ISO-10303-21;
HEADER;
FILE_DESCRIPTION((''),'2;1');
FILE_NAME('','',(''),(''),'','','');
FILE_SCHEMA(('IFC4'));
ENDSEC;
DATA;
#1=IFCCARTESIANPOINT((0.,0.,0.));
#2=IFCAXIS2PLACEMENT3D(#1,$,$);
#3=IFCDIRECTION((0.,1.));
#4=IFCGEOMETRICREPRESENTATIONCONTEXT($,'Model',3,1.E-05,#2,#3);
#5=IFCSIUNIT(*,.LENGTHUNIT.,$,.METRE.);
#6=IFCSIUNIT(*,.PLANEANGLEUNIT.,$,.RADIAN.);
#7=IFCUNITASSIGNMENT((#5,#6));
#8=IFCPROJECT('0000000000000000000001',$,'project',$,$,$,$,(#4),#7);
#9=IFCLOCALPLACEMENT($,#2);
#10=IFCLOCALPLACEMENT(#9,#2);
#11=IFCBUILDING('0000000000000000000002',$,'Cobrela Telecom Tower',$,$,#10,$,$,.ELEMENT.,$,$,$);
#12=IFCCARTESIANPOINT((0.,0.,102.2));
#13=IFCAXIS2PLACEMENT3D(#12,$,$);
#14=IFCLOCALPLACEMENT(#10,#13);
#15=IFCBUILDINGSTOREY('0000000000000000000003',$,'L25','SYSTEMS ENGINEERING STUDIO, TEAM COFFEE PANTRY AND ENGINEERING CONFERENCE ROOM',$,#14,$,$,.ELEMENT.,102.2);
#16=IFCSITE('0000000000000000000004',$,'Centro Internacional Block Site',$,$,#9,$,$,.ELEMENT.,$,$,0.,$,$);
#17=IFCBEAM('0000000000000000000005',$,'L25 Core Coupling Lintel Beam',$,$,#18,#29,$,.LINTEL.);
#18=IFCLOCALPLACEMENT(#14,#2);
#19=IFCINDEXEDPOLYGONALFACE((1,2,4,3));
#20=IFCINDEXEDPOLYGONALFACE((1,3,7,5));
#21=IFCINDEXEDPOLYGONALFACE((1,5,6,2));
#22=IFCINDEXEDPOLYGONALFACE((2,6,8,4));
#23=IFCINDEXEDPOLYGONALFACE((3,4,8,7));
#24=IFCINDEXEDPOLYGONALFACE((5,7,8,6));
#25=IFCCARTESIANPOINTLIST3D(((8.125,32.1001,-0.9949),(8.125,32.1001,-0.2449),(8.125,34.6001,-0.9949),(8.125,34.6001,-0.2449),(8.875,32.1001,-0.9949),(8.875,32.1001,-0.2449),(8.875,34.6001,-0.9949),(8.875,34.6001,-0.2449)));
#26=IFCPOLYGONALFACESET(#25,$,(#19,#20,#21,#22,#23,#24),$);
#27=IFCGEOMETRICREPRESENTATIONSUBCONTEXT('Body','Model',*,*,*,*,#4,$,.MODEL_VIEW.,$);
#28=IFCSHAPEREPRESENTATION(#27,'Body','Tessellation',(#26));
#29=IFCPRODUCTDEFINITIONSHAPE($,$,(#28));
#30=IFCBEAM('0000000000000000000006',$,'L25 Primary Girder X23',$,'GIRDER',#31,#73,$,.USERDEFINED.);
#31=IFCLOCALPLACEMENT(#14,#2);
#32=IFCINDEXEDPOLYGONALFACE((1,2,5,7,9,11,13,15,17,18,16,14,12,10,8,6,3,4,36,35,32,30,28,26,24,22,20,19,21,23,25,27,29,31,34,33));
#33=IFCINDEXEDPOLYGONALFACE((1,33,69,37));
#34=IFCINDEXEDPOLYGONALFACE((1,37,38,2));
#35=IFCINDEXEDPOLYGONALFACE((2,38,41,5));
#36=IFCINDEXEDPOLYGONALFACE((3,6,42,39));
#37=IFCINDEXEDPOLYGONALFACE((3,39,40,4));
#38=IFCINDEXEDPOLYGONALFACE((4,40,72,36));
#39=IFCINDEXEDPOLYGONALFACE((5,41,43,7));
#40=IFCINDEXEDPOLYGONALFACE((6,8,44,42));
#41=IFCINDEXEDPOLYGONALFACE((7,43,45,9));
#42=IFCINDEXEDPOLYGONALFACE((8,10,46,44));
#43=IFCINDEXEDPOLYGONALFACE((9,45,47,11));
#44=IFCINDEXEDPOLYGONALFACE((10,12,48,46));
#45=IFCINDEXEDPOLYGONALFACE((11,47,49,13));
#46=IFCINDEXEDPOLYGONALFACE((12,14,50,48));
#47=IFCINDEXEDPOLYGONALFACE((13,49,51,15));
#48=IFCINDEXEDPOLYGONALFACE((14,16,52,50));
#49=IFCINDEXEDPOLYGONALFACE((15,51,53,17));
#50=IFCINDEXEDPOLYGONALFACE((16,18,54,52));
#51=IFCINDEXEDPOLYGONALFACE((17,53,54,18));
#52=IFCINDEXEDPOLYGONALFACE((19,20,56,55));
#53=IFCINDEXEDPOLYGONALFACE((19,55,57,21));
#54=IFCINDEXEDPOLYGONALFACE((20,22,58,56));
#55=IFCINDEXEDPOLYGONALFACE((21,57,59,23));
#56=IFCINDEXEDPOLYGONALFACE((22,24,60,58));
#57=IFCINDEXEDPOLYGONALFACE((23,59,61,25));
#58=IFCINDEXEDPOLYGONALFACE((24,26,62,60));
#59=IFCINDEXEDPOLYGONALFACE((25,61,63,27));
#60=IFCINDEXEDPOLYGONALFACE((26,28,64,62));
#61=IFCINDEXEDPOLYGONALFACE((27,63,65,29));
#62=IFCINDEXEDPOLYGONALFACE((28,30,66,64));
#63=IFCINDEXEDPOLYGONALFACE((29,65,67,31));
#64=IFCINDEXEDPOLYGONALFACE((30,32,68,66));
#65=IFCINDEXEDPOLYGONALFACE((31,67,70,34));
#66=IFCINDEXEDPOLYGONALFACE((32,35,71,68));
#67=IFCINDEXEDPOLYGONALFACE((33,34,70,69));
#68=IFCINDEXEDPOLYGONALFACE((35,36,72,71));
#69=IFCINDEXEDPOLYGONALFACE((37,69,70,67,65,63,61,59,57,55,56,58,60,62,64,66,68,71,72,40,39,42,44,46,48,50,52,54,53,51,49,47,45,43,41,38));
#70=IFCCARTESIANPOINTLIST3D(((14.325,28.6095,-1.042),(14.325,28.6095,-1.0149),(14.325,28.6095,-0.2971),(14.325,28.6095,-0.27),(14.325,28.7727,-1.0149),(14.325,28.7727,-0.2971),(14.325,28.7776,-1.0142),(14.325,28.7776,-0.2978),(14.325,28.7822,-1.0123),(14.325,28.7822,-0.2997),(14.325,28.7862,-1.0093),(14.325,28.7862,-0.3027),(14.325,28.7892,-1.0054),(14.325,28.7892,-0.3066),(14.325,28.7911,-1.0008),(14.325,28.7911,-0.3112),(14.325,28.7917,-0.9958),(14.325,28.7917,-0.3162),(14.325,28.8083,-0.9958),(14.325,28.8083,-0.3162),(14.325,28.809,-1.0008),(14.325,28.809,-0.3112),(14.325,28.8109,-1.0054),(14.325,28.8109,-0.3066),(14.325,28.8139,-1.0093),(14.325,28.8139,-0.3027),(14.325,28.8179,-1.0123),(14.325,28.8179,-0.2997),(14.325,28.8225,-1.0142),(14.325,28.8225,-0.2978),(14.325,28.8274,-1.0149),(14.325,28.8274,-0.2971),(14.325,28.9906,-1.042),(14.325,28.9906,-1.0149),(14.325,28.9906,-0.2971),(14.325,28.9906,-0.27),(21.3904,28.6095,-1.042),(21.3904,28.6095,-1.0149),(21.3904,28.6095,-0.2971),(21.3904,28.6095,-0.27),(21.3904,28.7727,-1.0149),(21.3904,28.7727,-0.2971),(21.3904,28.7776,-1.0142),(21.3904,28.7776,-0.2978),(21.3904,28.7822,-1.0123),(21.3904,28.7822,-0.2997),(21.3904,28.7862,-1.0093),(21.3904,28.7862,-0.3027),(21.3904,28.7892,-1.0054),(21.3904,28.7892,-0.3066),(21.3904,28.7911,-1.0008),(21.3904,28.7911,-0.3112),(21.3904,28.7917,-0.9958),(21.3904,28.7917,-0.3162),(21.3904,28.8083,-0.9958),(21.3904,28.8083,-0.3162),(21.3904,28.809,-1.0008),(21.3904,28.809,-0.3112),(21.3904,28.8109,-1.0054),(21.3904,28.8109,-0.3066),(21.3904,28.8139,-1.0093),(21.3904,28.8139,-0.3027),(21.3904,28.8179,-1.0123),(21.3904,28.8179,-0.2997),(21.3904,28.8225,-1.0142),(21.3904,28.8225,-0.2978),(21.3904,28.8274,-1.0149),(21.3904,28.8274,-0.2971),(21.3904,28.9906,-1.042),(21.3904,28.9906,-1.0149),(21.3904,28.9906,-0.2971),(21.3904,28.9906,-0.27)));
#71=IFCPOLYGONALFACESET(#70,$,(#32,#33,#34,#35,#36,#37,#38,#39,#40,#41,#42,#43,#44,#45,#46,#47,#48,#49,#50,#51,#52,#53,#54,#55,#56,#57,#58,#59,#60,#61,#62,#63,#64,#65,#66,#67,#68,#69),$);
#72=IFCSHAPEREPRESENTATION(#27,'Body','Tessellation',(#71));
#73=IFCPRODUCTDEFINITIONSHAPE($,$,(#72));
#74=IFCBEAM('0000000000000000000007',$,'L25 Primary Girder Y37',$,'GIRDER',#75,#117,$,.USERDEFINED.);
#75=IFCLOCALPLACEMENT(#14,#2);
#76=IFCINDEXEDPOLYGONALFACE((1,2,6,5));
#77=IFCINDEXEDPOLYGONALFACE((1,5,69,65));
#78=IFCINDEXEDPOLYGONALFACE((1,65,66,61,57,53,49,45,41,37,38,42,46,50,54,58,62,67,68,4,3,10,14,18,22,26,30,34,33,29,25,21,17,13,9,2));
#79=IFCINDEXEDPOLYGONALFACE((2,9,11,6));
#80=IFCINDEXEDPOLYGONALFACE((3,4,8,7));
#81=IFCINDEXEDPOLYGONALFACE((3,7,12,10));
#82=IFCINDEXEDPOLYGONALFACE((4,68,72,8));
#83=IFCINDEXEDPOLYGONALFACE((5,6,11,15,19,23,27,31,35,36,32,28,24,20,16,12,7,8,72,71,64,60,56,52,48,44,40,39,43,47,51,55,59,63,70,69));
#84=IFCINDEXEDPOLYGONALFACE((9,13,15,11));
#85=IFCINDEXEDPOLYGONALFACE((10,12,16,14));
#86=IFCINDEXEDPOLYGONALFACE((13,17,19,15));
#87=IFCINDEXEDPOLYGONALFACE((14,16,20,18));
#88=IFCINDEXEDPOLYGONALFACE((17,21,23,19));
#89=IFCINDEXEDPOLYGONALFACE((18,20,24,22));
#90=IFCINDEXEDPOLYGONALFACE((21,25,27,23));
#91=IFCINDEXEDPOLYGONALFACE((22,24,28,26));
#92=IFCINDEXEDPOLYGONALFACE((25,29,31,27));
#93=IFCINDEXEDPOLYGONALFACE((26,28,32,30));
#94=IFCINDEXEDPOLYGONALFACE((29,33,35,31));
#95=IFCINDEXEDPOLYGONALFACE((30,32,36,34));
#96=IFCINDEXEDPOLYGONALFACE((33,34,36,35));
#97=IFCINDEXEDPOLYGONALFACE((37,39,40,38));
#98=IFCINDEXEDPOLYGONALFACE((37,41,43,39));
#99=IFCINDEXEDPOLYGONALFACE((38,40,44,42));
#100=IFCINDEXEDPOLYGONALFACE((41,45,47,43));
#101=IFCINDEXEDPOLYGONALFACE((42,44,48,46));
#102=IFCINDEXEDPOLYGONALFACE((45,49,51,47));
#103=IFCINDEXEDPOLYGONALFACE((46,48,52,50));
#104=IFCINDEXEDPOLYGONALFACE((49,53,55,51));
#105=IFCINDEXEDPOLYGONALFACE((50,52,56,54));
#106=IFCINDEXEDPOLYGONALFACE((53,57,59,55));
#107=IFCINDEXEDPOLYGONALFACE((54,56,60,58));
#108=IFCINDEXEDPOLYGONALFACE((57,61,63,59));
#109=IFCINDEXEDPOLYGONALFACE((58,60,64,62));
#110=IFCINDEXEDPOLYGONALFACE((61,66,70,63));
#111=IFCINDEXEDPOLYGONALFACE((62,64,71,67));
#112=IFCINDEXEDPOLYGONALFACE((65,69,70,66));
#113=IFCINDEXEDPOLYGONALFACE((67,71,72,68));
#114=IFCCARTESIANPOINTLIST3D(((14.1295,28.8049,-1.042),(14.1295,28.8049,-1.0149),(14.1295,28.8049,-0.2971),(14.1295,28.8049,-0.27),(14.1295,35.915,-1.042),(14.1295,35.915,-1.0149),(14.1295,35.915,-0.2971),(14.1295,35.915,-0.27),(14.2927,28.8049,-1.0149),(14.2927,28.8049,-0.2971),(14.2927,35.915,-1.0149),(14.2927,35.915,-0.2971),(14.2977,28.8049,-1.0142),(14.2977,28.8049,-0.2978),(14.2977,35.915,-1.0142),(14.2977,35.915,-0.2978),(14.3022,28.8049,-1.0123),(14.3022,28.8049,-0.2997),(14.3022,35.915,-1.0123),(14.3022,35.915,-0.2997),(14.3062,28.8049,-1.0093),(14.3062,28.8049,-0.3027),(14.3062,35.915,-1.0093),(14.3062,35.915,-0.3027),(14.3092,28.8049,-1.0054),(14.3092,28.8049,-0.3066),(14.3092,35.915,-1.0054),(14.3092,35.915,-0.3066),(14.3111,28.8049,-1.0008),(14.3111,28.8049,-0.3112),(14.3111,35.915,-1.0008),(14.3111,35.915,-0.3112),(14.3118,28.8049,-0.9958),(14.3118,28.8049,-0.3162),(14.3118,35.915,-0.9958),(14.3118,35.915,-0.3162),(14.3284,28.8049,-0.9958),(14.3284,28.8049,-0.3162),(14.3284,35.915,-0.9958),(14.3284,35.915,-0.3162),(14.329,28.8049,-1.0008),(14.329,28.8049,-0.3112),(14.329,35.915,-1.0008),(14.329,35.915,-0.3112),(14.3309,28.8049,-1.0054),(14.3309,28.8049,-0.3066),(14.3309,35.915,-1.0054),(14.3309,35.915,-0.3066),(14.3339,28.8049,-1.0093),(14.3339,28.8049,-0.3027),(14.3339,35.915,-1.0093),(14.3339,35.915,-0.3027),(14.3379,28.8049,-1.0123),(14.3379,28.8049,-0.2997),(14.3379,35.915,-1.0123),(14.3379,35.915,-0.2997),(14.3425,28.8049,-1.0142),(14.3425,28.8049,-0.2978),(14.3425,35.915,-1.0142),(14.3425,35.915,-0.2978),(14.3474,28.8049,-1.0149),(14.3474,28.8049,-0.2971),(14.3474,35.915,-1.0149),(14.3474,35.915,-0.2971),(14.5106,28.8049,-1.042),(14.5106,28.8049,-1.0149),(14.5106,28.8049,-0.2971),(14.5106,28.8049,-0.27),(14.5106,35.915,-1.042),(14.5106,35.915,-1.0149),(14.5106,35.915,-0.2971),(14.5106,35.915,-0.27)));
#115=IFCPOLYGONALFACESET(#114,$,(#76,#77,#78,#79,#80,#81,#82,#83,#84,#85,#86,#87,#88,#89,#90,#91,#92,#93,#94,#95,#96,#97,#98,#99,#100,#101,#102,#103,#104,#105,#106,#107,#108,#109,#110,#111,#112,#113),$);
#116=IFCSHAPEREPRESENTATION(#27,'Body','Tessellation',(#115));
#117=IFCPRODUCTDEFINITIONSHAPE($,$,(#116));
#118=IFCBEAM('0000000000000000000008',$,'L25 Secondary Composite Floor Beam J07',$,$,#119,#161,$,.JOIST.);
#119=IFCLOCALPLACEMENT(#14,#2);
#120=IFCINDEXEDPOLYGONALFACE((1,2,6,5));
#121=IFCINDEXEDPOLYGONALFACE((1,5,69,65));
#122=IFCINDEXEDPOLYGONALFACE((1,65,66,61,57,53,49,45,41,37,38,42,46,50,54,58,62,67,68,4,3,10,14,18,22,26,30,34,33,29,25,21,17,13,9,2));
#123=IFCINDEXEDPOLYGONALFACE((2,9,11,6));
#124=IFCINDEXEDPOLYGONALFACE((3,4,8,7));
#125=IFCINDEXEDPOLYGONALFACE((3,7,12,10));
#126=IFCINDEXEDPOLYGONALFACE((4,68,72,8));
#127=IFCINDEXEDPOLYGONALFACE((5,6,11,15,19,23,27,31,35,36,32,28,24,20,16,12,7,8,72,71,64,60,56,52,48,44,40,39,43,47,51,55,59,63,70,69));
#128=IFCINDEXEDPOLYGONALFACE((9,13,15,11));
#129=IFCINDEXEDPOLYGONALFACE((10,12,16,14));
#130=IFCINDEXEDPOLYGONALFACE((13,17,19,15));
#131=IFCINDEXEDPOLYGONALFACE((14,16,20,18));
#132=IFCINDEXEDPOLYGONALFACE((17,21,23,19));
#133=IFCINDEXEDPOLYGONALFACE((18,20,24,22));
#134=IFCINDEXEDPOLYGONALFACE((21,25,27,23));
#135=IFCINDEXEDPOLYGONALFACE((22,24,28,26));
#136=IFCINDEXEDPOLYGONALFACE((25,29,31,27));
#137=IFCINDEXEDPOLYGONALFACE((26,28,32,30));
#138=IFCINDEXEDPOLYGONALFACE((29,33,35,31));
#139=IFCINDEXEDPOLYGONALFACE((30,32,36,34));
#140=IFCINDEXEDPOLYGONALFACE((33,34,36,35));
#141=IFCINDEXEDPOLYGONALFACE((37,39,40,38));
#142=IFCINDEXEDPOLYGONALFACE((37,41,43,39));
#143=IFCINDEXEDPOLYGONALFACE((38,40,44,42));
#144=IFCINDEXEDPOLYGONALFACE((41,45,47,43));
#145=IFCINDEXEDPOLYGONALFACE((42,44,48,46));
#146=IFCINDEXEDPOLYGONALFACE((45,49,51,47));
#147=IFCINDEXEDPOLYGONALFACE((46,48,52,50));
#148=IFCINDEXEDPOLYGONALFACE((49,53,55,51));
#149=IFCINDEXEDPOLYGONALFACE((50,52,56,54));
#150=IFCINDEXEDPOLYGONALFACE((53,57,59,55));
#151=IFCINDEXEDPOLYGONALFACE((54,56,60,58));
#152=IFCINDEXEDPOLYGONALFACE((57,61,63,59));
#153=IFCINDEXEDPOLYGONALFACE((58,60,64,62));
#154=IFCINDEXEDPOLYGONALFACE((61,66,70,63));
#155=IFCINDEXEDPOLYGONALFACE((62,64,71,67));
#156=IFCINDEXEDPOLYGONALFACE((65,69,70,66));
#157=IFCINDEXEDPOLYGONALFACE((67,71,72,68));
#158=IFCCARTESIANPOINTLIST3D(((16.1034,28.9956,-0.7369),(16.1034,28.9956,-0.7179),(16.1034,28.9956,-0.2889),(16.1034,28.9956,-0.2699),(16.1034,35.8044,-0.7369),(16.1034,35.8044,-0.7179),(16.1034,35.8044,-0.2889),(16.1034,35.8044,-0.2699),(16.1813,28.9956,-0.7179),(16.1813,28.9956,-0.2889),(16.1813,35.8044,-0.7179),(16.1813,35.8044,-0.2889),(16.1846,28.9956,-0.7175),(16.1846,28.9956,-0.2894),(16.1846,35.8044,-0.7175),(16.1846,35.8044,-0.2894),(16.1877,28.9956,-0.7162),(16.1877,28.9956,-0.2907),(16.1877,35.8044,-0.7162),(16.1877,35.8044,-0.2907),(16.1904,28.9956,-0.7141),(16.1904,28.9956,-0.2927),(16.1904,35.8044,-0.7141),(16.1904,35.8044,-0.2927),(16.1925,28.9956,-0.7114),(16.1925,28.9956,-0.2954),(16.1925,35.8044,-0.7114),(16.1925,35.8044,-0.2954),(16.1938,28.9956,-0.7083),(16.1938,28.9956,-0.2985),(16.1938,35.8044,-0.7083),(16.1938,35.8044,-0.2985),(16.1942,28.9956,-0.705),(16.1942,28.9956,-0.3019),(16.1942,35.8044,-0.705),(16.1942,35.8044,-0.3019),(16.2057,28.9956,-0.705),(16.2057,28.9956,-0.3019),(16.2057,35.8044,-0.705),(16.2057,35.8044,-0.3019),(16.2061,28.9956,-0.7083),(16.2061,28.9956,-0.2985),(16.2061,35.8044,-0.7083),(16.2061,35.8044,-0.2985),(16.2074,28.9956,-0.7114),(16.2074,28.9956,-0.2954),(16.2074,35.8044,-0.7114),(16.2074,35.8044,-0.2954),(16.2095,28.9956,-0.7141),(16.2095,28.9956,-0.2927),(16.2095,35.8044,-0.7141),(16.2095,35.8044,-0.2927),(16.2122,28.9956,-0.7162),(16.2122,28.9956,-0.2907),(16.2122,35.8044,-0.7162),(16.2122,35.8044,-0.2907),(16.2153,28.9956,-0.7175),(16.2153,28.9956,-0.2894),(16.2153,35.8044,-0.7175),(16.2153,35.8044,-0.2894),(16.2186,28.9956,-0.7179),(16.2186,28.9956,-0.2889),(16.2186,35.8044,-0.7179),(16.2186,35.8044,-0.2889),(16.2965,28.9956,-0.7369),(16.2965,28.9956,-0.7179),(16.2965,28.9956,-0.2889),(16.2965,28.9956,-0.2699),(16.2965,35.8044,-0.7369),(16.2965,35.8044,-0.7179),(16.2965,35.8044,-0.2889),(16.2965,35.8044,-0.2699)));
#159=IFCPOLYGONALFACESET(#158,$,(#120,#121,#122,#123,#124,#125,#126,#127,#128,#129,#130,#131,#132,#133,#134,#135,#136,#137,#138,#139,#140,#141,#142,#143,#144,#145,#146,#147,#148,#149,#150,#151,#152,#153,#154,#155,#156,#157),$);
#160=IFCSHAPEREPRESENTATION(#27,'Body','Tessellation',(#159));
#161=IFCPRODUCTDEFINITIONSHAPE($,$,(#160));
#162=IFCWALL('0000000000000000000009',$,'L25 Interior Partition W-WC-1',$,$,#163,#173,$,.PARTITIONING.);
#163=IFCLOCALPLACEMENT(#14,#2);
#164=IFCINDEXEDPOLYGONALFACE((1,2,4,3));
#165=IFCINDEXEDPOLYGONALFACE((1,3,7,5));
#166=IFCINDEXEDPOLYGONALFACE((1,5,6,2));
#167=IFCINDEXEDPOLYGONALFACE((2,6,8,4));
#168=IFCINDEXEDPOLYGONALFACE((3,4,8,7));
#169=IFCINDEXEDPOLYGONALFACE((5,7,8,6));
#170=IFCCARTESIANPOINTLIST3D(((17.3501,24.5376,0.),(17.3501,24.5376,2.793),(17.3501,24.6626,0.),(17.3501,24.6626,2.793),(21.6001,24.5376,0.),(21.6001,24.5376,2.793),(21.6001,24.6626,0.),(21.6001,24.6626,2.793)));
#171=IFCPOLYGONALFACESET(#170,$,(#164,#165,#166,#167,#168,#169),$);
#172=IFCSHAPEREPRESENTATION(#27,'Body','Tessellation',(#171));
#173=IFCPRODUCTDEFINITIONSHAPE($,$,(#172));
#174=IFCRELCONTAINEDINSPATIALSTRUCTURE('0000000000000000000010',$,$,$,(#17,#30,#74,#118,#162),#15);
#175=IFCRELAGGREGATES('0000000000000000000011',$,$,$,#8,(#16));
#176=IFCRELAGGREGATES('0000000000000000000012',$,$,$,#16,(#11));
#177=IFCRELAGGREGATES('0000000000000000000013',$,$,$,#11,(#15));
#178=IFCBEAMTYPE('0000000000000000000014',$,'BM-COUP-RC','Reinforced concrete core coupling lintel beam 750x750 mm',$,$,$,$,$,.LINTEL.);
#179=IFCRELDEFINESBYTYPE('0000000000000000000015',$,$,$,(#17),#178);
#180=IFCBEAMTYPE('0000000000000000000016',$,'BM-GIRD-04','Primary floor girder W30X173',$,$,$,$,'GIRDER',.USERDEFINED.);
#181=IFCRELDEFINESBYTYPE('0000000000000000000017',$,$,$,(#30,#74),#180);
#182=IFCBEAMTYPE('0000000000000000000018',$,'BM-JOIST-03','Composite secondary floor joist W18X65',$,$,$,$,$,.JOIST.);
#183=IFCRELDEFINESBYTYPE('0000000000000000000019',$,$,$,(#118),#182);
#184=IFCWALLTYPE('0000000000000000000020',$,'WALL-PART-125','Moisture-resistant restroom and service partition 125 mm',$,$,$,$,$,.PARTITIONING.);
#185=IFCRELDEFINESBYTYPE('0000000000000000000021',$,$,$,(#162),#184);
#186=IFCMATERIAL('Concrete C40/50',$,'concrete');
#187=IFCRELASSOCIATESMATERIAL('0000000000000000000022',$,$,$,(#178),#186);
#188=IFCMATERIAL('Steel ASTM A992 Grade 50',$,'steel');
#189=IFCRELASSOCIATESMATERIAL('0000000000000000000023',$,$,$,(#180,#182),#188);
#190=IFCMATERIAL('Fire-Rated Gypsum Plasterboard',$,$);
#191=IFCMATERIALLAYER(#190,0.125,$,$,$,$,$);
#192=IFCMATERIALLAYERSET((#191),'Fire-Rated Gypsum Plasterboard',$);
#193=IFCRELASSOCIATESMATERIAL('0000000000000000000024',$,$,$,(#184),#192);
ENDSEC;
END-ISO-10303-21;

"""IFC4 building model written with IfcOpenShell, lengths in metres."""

from ifc_helpers import new_model, si_unit, direction, frame, frame_2d, origin, origin_2d, place, context, subcontext, project, spatial, rectangle, i_section, extrude, material, layer, layer_set, material_profile, profile_set, type_object, element, save


model = new_model("IFC4")

# Units and contexts
model_context = context("Model", 3, precision=1e-05, world=origin(), true_north=direction((0.0, 1.0)))
body_context = subcontext(model_context, "Body", "Model", "MODEL_VIEW")
ifc_project = project(units=[si_unit("LENGTHUNIT", "METRE"), si_unit("PLANEANGLEUNIT", "RADIAN")], contexts=[model_context])

# Site, building, storey
site_placement = place(None, origin())
site = spatial("IfcSite", under=ifc_project, at=site_placement, Name="Centro Internacional Block Site", CompositionType="ELEMENT", RefElevation=0.0)
building_placement = place(site_placement, origin())
building = spatial("IfcBuilding", under=site, at=building_placement, Name="Cobrela Telecom Tower", CompositionType="ELEMENT")
storey_placement = place(building_placement, frame((0.0, 0.0, 102.2)))
storey = spatial("IfcBuildingStorey", under=building, at=storey_placement, Name="L25", Description="SYSTEMS ENGINEERING STUDIO, TEAM COFFEE PANTRY AND ENGINEERING CONFERENCE ROOM", CompositionType="ELEMENT", Elevation=102.2)

# Beams
ifc_material_1 = material(Name="Concrete C40/50", Category="concrete")
ifc_material_profile_1 = material_profile(ifc_material_1, rectangle(XDim=0.75, YDim=0.75, at=origin_2d()), Name="RC 750x750")
ifc_profile_set_1 = profile_set([ifc_material_profile_1], Name="Concrete C40/50")
beam_type_1 = type_object("IfcBeamType", Name="BM-COUP-RC", Description="Reinforced concrete core coupling lintel beam 750x750 mm", PredefinedType="LINTEL", material=ifc_profile_set_1)
beam_1_placement = place(storey_placement, frame((8.5, 32.1001, -0.6199), z_axis=(0.0, 1.0, 0.0), x_axis=(-1.0, 0.0, 0.0)))
element("IfcBeam", 1, at=beam_1_placement, inside=storey, type_object=beam_type_1, Name="L25 Core Coupling Lintel Beam", PredefinedType="LINTEL", context=body_context, shape_type="SweptSolid", body=[
    extrude(rectangle(XDim=0.75, YDim=0.75, at=origin_2d()), origin(), (0.0, 0.0, 1.0), 2.5),
])
ifc_material_2 = material(Name="Steel ASTM A992 Grade 50", Category="steel")
ifc_material_profile_2 = material_profile(ifc_material_2, i_section(OverallWidth=0.3811, OverallDepth=0.772, WebThickness=0.0166, FlangeThickness=0.0271, FilletRadius=0.019, at=origin_2d()), Name="W30X173")
ifc_profile_set_2 = profile_set([ifc_material_profile_2], Name="Steel ASTM A992 Grade 50")
beam_type_2 = type_object("IfcBeamType", Name="BM-GIRD-04", Description="Primary floor girder W30X173", ElementType="GIRDER", PredefinedType="USERDEFINED", material=ifc_profile_set_2)
beam_2_placement = place(storey_placement, frame((14.325, 28.8, -0.656), z_axis=(1.0, 0.0, 0.0), x_axis=(0.0, 1.0, 0.0)))
element("IfcBeam", 2, at=beam_2_placement, inside=storey, type_object=beam_type_2, Name="L25 Primary Girder X23", ObjectType="GIRDER", PredefinedType="USERDEFINED", context=body_context, shape_type="SweptSolid", body=[
    extrude(i_section(OverallWidth=0.3811, OverallDepth=0.772, WebThickness=0.0166, FlangeThickness=0.0271, FilletRadius=0.019, at=origin_2d()), origin(), (0.0, 0.0, 1.0), 7.0654),
])
beam_3_placement = place(storey_placement, frame((14.3201, 28.8049, -0.656), z_axis=(0.0, 1.0, 0.0), x_axis=(-1.0, 0.0, 0.0)))
element("IfcBeam", 3, at=beam_3_placement, inside=storey, type_object=beam_type_2, Name="L25 Primary Girder Y37", ObjectType="GIRDER", PredefinedType="USERDEFINED", context=body_context, shape_type="SweptSolid", body=[
    extrude(i_section(OverallWidth=0.3811, OverallDepth=0.772, WebThickness=0.0166, FlangeThickness=0.0271, FilletRadius=0.019, at=origin_2d()), origin(), (0.0, 0.0, 1.0), 7.1101),
])
ifc_material_profile_3 = material_profile(ifc_material_2, i_section(OverallWidth=0.1931, OverallDepth=0.467, WebThickness=0.0115, FlangeThickness=0.019, FilletRadius=0.0129, at=origin_2d()), Name="W18X65")
ifc_profile_set_3 = profile_set([ifc_material_profile_3], Name="Steel ASTM A992 Grade 50")
beam_type_3 = type_object("IfcBeamType", Name="BM-JOIST-03", Description="Composite secondary floor joist W18X65", PredefinedType="JOIST", material=ifc_profile_set_3)
beam_4_placement = place(storey_placement, frame((16.2, 28.9956, -0.5034), z_axis=(0.0, 1.0, 0.0), x_axis=(-1.0, 0.0, 0.0)))
element("IfcBeam", 4, at=beam_4_placement, inside=storey, type_object=beam_type_3, Name="L25 Secondary Composite Floor Beam J07", PredefinedType="JOIST", context=body_context, shape_type="SweptSolid", body=[
    extrude(i_section(OverallWidth=0.1931, OverallDepth=0.467, WebThickness=0.0115, FlangeThickness=0.019, FilletRadius=0.0129, at=origin_2d()), origin(), (0.0, 0.0, 1.0), 6.8088),
])

# Wall
ifc_material_3 = material(Name="Fire-Rated Gypsum Plasterboard")
ifc_layer_1 = layer(ifc_material_3, 0.125)
ifc_layer_set_1 = layer_set([ifc_layer_1], Name="Fire-Rated Gypsum Plasterboard")
wall_type_1 = type_object("IfcWallType", Name="WALL-PART-125", Description="Moisture-resistant restroom and service partition 125 mm", PredefinedType="PARTITIONING", material=ifc_layer_set_1)
wall_1_placement = place(storey_placement, frame((17.3501, 24.6001, 0.0), z_axis=(0.0, 0.0, 1.0), x_axis=(1.0, 0.0, 0.0)))
element("IfcWall", 5, at=wall_1_placement, inside=storey, type_object=wall_type_1, Name="L25 Interior Partition W-WC-1", PredefinedType="PARTITIONING", context=body_context, shape_type="SweptSolid", body=[
    extrude(rectangle(XDim=4.25, YDim=0.125, at=frame_2d((2.125, 0.0))), origin(), (0.0, 0.0, 1.0), 2.793),
])

save(model, "model.ifc")
